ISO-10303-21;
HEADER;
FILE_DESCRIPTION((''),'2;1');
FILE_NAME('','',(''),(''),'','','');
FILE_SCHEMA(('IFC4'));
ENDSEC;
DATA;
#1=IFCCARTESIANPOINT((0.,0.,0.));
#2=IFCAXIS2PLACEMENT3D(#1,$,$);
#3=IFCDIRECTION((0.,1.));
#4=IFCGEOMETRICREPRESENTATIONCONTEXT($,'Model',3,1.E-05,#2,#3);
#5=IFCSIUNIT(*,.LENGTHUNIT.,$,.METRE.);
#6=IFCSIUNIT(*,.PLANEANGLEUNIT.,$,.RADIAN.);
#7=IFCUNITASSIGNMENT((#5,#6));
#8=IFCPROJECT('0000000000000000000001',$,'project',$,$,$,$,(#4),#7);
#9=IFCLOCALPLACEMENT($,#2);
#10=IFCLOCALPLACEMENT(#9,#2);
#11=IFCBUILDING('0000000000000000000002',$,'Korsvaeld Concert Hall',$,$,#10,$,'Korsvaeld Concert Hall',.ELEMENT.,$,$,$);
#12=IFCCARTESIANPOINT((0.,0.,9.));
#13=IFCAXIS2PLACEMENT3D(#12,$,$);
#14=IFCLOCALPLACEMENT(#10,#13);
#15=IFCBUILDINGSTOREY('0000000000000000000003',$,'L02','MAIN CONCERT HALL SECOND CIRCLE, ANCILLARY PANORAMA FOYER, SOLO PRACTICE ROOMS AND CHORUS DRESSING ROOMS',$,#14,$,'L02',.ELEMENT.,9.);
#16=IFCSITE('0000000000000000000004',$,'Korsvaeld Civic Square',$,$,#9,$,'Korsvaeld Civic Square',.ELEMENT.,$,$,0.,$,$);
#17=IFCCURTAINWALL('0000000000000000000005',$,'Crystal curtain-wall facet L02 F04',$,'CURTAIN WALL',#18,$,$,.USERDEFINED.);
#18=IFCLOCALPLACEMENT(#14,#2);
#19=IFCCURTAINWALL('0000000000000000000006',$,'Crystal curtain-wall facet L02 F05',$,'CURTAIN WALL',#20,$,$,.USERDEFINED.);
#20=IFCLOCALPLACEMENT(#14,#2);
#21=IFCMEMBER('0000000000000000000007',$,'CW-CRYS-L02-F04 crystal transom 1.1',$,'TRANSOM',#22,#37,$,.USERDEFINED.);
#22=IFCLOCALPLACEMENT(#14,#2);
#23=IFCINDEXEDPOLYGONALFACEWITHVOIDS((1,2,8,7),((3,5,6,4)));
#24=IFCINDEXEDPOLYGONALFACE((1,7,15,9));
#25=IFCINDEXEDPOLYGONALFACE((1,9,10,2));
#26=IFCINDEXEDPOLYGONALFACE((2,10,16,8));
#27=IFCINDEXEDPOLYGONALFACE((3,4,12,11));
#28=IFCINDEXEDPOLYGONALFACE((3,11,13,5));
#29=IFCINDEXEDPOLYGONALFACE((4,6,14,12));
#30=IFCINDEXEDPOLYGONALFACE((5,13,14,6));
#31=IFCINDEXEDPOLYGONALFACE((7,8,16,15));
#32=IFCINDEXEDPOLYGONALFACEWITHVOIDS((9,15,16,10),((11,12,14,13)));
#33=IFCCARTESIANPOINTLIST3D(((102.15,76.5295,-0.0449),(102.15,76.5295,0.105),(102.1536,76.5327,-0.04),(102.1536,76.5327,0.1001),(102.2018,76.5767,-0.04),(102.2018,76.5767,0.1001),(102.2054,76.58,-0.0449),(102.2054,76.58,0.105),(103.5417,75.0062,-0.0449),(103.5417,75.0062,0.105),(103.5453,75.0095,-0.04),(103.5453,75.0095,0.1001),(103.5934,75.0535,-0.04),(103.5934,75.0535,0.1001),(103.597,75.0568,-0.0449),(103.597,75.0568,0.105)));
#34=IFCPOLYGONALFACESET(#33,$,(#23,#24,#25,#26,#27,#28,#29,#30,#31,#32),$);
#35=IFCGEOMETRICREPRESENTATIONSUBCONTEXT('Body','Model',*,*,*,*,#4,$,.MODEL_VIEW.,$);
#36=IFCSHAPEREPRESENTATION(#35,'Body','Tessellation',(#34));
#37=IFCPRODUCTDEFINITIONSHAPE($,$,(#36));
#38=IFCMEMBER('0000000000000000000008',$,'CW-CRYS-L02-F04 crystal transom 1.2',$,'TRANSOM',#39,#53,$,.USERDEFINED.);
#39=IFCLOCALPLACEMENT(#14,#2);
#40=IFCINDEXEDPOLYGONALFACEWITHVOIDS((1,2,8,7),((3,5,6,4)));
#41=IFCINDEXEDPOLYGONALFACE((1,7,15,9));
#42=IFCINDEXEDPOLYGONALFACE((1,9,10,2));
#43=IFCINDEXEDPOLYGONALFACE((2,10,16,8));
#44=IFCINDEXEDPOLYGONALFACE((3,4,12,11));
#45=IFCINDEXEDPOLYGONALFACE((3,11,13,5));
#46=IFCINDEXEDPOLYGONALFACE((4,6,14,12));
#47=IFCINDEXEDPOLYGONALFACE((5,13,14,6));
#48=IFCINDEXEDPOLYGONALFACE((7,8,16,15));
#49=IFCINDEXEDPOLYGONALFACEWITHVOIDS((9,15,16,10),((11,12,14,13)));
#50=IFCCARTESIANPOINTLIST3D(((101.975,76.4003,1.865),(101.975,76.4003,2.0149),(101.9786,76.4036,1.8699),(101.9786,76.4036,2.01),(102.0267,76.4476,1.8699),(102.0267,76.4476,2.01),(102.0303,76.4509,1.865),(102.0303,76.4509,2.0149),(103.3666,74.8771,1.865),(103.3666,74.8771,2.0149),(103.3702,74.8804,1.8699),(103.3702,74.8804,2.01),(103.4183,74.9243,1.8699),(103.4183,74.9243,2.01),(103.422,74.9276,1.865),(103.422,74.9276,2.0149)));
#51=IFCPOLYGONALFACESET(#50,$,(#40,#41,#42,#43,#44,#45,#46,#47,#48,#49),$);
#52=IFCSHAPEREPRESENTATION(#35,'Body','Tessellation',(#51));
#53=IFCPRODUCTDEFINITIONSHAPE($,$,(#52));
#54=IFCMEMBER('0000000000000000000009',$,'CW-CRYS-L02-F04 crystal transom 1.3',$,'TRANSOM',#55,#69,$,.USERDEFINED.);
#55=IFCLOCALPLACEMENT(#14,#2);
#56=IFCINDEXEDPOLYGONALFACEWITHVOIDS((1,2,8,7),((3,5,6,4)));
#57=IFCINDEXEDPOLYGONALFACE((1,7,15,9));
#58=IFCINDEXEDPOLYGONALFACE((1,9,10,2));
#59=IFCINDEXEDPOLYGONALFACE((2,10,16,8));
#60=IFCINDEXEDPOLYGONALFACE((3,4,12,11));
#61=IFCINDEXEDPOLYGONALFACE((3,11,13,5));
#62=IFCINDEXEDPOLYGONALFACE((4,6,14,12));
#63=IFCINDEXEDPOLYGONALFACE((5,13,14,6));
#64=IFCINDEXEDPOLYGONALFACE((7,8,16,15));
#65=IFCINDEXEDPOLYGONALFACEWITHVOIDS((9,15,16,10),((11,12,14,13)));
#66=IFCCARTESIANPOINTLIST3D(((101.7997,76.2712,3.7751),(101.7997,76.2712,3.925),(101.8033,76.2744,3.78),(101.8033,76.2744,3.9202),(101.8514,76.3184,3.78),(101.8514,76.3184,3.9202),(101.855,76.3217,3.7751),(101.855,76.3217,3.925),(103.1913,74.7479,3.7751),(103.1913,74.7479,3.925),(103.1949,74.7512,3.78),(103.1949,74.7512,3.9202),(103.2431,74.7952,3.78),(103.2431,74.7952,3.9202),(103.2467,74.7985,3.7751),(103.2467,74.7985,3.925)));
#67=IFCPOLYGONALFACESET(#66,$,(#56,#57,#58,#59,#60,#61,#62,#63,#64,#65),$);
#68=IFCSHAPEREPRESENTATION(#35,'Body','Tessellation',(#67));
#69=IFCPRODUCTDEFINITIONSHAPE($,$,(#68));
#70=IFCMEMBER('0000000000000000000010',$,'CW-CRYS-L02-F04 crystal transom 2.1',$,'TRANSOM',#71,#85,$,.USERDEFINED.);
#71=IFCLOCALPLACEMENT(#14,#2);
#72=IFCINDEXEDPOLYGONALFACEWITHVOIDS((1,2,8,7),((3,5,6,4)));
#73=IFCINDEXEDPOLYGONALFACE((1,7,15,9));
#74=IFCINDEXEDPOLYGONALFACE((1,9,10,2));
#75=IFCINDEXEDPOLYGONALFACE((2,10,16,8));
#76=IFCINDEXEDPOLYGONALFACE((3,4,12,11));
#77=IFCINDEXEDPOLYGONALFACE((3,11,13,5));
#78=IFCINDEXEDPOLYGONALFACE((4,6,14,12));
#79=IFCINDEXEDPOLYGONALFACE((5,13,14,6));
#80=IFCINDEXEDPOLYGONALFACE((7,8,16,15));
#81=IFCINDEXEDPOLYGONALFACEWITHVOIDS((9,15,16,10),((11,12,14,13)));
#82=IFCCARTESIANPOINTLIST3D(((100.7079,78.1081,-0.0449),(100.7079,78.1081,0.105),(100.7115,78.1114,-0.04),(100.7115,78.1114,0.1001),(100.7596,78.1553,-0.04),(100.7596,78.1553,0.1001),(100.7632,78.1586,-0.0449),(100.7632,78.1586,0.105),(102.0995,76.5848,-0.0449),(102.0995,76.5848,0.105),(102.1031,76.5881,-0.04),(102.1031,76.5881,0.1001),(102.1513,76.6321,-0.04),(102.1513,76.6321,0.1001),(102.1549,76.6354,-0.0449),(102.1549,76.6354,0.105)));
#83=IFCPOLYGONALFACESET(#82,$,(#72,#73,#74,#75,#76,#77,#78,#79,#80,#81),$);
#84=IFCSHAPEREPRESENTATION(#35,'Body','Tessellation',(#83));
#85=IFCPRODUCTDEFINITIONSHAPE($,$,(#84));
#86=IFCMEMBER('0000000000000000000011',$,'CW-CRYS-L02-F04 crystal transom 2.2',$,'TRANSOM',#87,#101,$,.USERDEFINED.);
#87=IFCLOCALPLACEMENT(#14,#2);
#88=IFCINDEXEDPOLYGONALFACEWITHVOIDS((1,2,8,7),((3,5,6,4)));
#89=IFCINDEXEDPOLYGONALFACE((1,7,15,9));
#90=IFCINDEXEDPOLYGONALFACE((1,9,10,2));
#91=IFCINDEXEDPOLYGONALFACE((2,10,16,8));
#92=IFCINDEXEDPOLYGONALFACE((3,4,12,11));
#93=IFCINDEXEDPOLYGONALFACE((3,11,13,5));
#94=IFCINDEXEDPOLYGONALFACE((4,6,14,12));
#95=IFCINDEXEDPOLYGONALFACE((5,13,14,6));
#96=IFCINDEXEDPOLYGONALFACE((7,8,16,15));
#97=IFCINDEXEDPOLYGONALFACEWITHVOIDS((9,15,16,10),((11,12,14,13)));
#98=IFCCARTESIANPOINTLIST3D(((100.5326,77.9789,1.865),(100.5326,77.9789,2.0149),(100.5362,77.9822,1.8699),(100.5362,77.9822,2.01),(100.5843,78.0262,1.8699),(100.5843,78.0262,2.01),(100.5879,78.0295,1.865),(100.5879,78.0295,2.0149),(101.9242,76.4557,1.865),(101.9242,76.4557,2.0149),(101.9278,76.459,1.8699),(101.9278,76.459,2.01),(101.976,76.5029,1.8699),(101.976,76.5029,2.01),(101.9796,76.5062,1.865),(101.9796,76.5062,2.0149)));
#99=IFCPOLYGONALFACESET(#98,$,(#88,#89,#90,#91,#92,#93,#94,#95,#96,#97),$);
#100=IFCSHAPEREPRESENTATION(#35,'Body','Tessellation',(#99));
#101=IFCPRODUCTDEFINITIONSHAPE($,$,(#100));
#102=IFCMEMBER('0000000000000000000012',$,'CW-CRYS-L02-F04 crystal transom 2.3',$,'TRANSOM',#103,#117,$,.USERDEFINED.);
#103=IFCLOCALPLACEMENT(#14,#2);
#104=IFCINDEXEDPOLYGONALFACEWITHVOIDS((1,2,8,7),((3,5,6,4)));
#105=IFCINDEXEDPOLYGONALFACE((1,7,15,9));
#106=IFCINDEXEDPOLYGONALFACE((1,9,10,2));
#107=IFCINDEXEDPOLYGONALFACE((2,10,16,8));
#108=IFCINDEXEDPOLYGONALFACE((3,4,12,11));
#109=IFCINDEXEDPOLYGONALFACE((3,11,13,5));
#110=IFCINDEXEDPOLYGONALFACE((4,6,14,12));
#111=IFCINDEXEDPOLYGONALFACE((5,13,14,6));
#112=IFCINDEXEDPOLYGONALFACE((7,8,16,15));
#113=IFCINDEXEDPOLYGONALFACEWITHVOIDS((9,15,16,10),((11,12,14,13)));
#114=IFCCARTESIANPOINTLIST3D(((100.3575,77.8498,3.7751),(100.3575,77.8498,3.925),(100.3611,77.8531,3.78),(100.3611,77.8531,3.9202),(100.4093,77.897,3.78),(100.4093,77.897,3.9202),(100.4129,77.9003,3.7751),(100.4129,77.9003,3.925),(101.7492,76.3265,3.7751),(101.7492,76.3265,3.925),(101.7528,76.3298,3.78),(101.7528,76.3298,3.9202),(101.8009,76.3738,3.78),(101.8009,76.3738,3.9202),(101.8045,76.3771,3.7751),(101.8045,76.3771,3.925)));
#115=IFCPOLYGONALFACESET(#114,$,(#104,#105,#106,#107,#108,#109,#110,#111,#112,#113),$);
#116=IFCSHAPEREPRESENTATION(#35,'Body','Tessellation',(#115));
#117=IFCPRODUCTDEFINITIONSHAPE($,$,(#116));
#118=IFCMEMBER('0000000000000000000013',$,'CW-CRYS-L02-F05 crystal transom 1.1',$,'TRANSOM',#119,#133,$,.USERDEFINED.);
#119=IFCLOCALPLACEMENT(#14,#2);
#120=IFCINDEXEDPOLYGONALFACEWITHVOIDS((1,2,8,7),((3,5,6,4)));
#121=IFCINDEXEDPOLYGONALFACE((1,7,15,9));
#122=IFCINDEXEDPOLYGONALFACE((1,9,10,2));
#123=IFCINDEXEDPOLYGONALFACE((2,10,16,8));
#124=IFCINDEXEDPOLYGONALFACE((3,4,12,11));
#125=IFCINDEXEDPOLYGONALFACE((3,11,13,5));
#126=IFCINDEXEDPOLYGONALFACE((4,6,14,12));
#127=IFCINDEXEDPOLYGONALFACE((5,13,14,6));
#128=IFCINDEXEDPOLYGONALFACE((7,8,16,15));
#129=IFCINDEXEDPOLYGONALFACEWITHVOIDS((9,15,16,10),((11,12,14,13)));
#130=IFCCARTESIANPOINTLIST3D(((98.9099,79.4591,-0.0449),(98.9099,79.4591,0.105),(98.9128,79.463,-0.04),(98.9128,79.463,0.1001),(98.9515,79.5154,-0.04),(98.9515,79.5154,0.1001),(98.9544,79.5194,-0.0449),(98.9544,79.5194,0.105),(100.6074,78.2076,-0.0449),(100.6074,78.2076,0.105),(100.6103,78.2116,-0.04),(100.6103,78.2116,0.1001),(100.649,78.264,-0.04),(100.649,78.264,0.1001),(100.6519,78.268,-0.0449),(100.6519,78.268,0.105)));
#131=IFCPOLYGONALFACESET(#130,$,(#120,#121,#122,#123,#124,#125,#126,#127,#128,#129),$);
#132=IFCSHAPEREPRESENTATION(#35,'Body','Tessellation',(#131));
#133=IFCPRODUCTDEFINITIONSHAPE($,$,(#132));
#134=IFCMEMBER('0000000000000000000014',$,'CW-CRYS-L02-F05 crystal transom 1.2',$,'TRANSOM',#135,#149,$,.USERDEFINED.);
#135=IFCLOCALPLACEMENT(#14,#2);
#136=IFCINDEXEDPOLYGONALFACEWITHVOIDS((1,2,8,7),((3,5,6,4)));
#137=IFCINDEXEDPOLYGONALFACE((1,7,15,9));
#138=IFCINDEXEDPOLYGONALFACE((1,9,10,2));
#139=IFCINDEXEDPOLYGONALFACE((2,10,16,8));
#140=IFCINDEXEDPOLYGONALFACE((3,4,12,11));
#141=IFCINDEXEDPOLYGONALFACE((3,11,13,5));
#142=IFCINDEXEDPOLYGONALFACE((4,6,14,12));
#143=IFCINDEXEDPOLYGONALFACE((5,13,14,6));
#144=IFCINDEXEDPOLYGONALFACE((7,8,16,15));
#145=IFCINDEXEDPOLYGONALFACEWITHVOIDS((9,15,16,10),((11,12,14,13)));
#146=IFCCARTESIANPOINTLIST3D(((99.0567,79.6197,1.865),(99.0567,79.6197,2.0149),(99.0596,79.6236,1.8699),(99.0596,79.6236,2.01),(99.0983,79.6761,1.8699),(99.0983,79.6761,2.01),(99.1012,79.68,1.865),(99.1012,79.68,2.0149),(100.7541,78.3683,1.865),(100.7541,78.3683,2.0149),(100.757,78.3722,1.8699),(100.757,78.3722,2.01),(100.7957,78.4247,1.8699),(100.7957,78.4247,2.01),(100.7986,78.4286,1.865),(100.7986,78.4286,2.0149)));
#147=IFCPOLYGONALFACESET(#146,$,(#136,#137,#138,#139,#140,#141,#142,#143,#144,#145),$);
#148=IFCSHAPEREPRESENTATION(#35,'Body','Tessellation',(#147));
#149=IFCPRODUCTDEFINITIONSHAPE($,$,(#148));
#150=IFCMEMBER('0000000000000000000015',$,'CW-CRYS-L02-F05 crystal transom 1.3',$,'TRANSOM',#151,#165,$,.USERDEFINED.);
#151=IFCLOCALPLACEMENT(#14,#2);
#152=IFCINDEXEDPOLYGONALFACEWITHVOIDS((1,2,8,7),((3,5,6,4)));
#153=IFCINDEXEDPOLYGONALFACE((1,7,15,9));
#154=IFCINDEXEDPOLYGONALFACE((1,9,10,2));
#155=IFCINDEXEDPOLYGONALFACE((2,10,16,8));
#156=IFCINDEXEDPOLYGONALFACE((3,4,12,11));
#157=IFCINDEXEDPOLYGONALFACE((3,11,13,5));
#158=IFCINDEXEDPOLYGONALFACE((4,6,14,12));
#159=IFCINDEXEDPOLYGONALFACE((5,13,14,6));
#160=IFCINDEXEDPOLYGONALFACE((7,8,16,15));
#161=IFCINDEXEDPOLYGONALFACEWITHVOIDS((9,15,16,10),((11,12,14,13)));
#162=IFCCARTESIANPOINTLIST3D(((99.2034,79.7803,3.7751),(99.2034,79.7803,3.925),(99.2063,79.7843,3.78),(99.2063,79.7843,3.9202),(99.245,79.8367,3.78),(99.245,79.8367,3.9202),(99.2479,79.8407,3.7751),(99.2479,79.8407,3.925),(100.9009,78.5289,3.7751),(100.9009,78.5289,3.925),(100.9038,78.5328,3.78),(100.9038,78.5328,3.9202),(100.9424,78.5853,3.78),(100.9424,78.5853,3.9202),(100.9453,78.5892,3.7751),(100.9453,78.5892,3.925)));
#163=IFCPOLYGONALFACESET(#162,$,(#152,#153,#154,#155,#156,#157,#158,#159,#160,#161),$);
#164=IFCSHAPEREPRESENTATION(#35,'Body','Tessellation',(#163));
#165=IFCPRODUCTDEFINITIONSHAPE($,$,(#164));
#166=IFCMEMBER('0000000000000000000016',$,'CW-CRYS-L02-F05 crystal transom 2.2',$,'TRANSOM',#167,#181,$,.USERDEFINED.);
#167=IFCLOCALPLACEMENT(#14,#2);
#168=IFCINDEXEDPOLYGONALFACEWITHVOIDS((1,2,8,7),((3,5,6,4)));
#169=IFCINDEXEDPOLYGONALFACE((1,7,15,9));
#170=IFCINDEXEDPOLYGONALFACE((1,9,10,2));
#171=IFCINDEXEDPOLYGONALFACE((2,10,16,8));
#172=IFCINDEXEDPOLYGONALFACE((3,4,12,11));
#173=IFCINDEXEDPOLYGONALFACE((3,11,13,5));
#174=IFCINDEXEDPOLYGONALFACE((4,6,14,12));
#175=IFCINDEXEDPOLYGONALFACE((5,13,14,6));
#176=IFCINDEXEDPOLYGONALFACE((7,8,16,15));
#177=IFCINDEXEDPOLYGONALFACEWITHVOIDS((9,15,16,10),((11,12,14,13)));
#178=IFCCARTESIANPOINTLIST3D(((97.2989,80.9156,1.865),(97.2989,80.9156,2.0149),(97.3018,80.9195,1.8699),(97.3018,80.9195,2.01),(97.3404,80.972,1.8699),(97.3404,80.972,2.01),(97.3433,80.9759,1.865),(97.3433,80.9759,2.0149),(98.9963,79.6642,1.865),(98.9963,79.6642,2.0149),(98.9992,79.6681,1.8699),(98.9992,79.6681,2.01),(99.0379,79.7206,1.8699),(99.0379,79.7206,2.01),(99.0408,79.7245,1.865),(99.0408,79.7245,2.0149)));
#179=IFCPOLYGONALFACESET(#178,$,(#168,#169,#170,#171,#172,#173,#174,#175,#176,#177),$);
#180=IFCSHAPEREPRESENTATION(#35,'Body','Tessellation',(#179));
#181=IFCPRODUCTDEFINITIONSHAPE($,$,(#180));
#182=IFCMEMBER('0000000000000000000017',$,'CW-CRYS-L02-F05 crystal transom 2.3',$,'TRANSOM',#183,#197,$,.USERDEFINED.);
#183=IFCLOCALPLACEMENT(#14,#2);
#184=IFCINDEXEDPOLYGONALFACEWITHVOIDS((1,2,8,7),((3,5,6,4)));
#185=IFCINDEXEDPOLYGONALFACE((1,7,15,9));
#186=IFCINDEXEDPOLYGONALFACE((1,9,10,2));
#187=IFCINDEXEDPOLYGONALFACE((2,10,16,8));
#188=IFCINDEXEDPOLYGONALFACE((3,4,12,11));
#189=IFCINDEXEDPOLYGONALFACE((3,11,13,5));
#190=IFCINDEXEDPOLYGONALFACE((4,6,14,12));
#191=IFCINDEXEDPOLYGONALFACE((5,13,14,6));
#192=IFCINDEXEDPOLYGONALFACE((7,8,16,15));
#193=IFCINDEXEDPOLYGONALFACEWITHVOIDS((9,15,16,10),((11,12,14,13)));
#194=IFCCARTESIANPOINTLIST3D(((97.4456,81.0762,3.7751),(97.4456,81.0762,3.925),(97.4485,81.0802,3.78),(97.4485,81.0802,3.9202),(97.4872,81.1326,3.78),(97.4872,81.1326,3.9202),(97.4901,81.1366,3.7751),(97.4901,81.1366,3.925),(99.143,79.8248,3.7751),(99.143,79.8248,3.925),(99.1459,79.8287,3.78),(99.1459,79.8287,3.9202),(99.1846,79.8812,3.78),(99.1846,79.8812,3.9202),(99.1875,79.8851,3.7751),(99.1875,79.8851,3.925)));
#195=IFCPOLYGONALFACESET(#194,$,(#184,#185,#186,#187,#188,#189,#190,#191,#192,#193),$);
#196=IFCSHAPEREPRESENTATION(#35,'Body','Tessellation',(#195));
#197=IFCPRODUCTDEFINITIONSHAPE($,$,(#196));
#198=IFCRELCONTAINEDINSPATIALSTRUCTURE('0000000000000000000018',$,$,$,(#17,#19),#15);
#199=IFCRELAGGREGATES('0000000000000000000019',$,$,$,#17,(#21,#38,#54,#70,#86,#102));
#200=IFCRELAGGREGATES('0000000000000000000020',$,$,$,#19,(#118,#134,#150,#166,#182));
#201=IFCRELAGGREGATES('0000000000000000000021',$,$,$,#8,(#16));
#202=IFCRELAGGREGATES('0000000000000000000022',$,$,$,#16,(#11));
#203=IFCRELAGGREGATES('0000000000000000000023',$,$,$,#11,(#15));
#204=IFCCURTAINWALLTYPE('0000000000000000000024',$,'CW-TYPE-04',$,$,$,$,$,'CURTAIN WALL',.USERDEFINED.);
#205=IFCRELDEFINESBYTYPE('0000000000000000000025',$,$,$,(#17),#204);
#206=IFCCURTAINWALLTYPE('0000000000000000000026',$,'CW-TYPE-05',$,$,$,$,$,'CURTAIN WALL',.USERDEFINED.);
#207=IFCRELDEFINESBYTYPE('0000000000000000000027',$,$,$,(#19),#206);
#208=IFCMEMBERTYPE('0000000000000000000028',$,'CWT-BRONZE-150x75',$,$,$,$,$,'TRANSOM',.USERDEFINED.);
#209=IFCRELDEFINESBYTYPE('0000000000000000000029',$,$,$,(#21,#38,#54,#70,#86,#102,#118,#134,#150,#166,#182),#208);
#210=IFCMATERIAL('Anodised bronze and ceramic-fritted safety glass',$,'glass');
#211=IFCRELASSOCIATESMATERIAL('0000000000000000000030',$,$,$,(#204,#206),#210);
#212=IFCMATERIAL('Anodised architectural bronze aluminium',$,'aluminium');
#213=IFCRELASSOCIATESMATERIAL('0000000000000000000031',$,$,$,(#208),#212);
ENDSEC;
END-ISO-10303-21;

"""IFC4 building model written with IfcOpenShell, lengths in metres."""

from ifc_helpers import new_model, si_unit, direction, frame, origin, origin_2d, place, context, subcontext, project, spatial, hollow_rectangle, extrude, material, material_profile, profile_set, type_object, element, aggregate, save


model = new_model("IFC4")

# Units and contexts
model_context = context("Model", 3, precision=1e-05, world=origin(), true_north=direction((0.0, 1.0)))
body_context = subcontext(model_context, "Body", "Model", "MODEL_VIEW")
ifc_project = project(units=[si_unit("LENGTHUNIT", "METRE"), si_unit("PLANEANGLEUNIT", "RADIAN")], contexts=[model_context])

# Site, building, storey
site_placement = place(None, origin())
site = spatial("IfcSite", under=ifc_project, at=site_placement, Name="Korsvaeld Civic Square", LongName="Korsvaeld Civic Square", CompositionType="ELEMENT", RefElevation=0.0)
building_placement = place(site_placement, origin())
building = spatial("IfcBuilding", under=site, at=building_placement, Name="Korsvaeld Concert Hall", LongName="Korsvaeld Concert Hall", CompositionType="ELEMENT")
storey_placement = place(building_placement, frame((0.0, 0.0, 9.0)))
storey = spatial("IfcBuildingStorey", under=building, at=storey_placement, Name="L02", Description="MAIN CONCERT HALL SECOND CIRCLE, ANCILLARY PANORAMA FOYER, SOLO PRACTICE ROOMS AND CHORUS DRESSING ROOMS", LongName="L02", CompositionType="ELEMENT", Elevation=9.0)

# Curtain wall
ifc_material_1 = material(Name="Anodised bronze and ceramic-fritted safety glass", Category="glass")
curtain_wall_type_1 = type_object("IfcCurtainWallType", Name="CW-TYPE-04", ElementType="CURTAIN WALL", PredefinedType="USERDEFINED", material=ifc_material_1)
curtain_wall_1_placement = place(storey_placement, origin())
curtain_wall_1 = element("IfcCurtainWall", 1, at=curtain_wall_1_placement, inside=storey, type_object=curtain_wall_type_1, Name="Crystal curtain-wall facet L02 F04", ObjectType="CURTAIN WALL", PredefinedType="USERDEFINED")
ifc_material_2 = material(Name="Anodised architectural bronze aluminium", Category="aluminium")

# Curtain wall
curtain_wall_type_2 = type_object("IfcCurtainWallType", Name="CW-TYPE-05", ElementType="CURTAIN WALL", PredefinedType="USERDEFINED", material=ifc_material_1)
curtain_wall_2_placement = place(storey_placement, origin())
curtain_wall_2 = element("IfcCurtainWall", 2, at=curtain_wall_2_placement, inside=storey, type_object=curtain_wall_type_2, Name="Crystal curtain-wall facet L02 F05", ObjectType="CURTAIN WALL", PredefinedType="USERDEFINED")

# Members
ifc_material_profile_1 = material_profile(ifc_material_2, hollow_rectangle(XDim=0.075, YDim=0.1499, WallThickness=0.0049, at=origin_2d()), Name="CWT 150x75x5")
ifc_profile_set_1 = profile_set([ifc_material_profile_1], Name="Anodised architectural bronze aluminium")
member_type_1 = type_object("IfcMemberType", Name="CWT-BRONZE-150x75", ElementType="TRANSOM", PredefinedType="USERDEFINED", material=ifc_profile_set_1)
member_1_placement = place(storey_placement, frame((103.5693, 75.0315, 0.03), z_axis=(-0.674497, 0.738278, 0.0), x_axis=(-0.738278, -0.674497, 0.0)))
member_1 = element("IfcMember", 3, at=member_1_placement, type_object=member_type_1, Name="CW-CRYS-L02-F04 crystal transom 1.1", ObjectType="TRANSOM", PredefinedType="USERDEFINED", context=body_context, shape_type="SweptSolid", body=[
    extrude(hollow_rectangle(XDim=0.075, YDim=0.1499, WallThickness=0.0049, at=origin_2d()), origin(), (0.0, 0.0, 1.0), 2.0632),
])
member_2_placement = place(storey_placement, frame((103.3943, 74.9023, 1.9399), z_axis=(-0.674497, 0.738278, 0.0), x_axis=(-0.738278, -0.674497, 0.0)))
member_2 = element("IfcMember", 4, at=member_2_placement, type_object=member_type_1, Name="CW-CRYS-L02-F04 crystal transom 1.2", ObjectType="TRANSOM", PredefinedType="USERDEFINED", context=body_context, shape_type="SweptSolid", body=[
    extrude(hollow_rectangle(XDim=0.075, YDim=0.1499, WallThickness=0.0049, at=origin_2d()), origin(), (0.0, 0.0, 1.0), 2.0632),
])
member_3_placement = place(storey_placement, frame((103.219, 74.7732, 3.8501), z_axis=(-0.674497, 0.738278, 0.0), x_axis=(-0.738278, -0.674497, 0.0)))
member_3 = element("IfcMember", 5, at=member_3_placement, type_object=member_type_1, Name="CW-CRYS-L02-F04 crystal transom 1.3", ObjectType="TRANSOM", PredefinedType="USERDEFINED", context=body_context, shape_type="SweptSolid", body=[
    extrude(hollow_rectangle(XDim=0.075, YDim=0.1499, WallThickness=0.0049, at=origin_2d()), origin(), (0.0, 0.0, 1.0), 2.0632),
])
member_4_placement = place(storey_placement, frame((102.1272, 76.6101, 0.03), z_axis=(-0.674497, 0.738278, 0.0), x_axis=(-0.738278, -0.674497, 0.0)))
member_4 = element("IfcMember", 6, at=member_4_placement, type_object=member_type_1, Name="CW-CRYS-L02-F04 crystal transom 2.1", ObjectType="TRANSOM", PredefinedType="USERDEFINED", context=body_context, shape_type="SweptSolid", body=[
    extrude(hollow_rectangle(XDim=0.075, YDim=0.1499, WallThickness=0.0049, at=origin_2d()), origin(), (0.0, 0.0, 1.0), 2.0632),
])
member_5_placement = place(storey_placement, frame((101.9519, 76.481, 1.9399), z_axis=(-0.674497, 0.738278, 0.0), x_axis=(-0.738278, -0.674497, 0.0)))
member_5 = element("IfcMember", 7, at=member_5_placement, type_object=member_type_1, Name="CW-CRYS-L02-F04 crystal transom 2.2", ObjectType="TRANSOM", PredefinedType="USERDEFINED", context=body_context, shape_type="SweptSolid", body=[
    extrude(hollow_rectangle(XDim=0.075, YDim=0.1499, WallThickness=0.0049, at=origin_2d()), origin(), (0.0, 0.0, 1.0), 2.0632),
])
member_6_placement = place(storey_placement, frame((101.7769, 76.3518, 3.8501), z_axis=(-0.674497, 0.738278, 0.0), x_axis=(-0.738278, -0.674497, 0.0)))
member_6 = element("IfcMember", 8, at=member_6_placement, type_object=member_type_1, Name="CW-CRYS-L02-F04 crystal transom 2.3", ObjectType="TRANSOM", PredefinedType="USERDEFINED", context=body_context, shape_type="SweptSolid", body=[
    extrude(hollow_rectangle(XDim=0.075, YDim=0.1499, WallThickness=0.0049, at=origin_2d()), origin(), (0.0, 0.0, 1.0), 2.0632),
])
member_7_placement = place(storey_placement, frame((100.6296, 78.2378, 0.03), z_axis=(-0.804905, 0.593404, 0.0), x_axis=(-0.593404, -0.804905, 0.0)))
member_7 = element("IfcMember", 9, at=member_7_placement, type_object=member_type_1, Name="CW-CRYS-L02-F05 crystal transom 1.1", ObjectType="TRANSOM", PredefinedType="USERDEFINED", context=body_context, shape_type="SweptSolid", body=[
    extrude(hollow_rectangle(XDim=0.075, YDim=0.1499, WallThickness=0.0049, at=origin_2d()), origin(), (0.0, 0.0, 1.0), 2.1089),
])
member_8_placement = place(storey_placement, frame((100.7764, 78.3984, 1.9399), z_axis=(-0.804905, 0.593404, 0.0), x_axis=(-0.593404, -0.804905, 0.0)))
member_8 = element("IfcMember", 10, at=member_8_placement, type_object=member_type_1, Name="CW-CRYS-L02-F05 crystal transom 1.2", ObjectType="TRANSOM", PredefinedType="USERDEFINED", context=body_context, shape_type="SweptSolid", body=[
    extrude(hollow_rectangle(XDim=0.075, YDim=0.1499, WallThickness=0.0049, at=origin_2d()), origin(), (0.0, 0.0, 1.0), 2.1089),
])
member_9_placement = place(storey_placement, frame((100.9231, 78.5591, 3.8501), z_axis=(-0.804905, 0.593404, 0.0), x_axis=(-0.593404, -0.804905, 0.0)))
member_9 = element("IfcMember", 11, at=member_9_placement, type_object=member_type_1, Name="CW-CRYS-L02-F05 crystal transom 1.3", ObjectType="TRANSOM", PredefinedType="USERDEFINED", context=body_context, shape_type="SweptSolid", body=[
    extrude(hollow_rectangle(XDim=0.075, YDim=0.1499, WallThickness=0.0049, at=origin_2d()), origin(), (0.0, 0.0, 1.0), 2.1089),
])
member_10_placement = place(storey_placement, frame((99.0186, 79.6943, 1.9399), z_axis=(-0.804905, 0.593404, 0.0), x_axis=(-0.593404, -0.804905, 0.0)))
member_10 = element("IfcMember", 12, at=member_10_placement, type_object=member_type_1, Name="CW-CRYS-L02-F05 crystal transom 2.2", ObjectType="TRANSOM", PredefinedType="USERDEFINED", context=body_context, shape_type="SweptSolid", body=[
    extrude(hollow_rectangle(XDim=0.075, YDim=0.1499, WallThickness=0.0049, at=origin_2d()), origin(), (0.0, 0.0, 1.0), 2.1089),
])
member_11_placement = place(storey_placement, frame((99.1653, 79.855, 3.8501), z_axis=(-0.804905, 0.593404, 0.0), x_axis=(-0.593404, -0.804905, 0.0)))
member_11 = element("IfcMember", 13, at=member_11_placement, type_object=member_type_1, Name="CW-CRYS-L02-F05 crystal transom 2.3", ObjectType="TRANSOM", PredefinedType="USERDEFINED", context=body_context, shape_type="SweptSolid", body=[
    extrude(hollow_rectangle(XDim=0.075, YDim=0.1499, WallThickness=0.0049, at=origin_2d()), origin(), (0.0, 0.0, 1.0), 2.1089),
])

aggregate(curtain_wall_1, [member_1, member_2, member_3, member_4, member_5, member_6])
aggregate(curtain_wall_2, [member_7, member_8, member_9, member_10, member_11])

save(model, "model.ifc")
